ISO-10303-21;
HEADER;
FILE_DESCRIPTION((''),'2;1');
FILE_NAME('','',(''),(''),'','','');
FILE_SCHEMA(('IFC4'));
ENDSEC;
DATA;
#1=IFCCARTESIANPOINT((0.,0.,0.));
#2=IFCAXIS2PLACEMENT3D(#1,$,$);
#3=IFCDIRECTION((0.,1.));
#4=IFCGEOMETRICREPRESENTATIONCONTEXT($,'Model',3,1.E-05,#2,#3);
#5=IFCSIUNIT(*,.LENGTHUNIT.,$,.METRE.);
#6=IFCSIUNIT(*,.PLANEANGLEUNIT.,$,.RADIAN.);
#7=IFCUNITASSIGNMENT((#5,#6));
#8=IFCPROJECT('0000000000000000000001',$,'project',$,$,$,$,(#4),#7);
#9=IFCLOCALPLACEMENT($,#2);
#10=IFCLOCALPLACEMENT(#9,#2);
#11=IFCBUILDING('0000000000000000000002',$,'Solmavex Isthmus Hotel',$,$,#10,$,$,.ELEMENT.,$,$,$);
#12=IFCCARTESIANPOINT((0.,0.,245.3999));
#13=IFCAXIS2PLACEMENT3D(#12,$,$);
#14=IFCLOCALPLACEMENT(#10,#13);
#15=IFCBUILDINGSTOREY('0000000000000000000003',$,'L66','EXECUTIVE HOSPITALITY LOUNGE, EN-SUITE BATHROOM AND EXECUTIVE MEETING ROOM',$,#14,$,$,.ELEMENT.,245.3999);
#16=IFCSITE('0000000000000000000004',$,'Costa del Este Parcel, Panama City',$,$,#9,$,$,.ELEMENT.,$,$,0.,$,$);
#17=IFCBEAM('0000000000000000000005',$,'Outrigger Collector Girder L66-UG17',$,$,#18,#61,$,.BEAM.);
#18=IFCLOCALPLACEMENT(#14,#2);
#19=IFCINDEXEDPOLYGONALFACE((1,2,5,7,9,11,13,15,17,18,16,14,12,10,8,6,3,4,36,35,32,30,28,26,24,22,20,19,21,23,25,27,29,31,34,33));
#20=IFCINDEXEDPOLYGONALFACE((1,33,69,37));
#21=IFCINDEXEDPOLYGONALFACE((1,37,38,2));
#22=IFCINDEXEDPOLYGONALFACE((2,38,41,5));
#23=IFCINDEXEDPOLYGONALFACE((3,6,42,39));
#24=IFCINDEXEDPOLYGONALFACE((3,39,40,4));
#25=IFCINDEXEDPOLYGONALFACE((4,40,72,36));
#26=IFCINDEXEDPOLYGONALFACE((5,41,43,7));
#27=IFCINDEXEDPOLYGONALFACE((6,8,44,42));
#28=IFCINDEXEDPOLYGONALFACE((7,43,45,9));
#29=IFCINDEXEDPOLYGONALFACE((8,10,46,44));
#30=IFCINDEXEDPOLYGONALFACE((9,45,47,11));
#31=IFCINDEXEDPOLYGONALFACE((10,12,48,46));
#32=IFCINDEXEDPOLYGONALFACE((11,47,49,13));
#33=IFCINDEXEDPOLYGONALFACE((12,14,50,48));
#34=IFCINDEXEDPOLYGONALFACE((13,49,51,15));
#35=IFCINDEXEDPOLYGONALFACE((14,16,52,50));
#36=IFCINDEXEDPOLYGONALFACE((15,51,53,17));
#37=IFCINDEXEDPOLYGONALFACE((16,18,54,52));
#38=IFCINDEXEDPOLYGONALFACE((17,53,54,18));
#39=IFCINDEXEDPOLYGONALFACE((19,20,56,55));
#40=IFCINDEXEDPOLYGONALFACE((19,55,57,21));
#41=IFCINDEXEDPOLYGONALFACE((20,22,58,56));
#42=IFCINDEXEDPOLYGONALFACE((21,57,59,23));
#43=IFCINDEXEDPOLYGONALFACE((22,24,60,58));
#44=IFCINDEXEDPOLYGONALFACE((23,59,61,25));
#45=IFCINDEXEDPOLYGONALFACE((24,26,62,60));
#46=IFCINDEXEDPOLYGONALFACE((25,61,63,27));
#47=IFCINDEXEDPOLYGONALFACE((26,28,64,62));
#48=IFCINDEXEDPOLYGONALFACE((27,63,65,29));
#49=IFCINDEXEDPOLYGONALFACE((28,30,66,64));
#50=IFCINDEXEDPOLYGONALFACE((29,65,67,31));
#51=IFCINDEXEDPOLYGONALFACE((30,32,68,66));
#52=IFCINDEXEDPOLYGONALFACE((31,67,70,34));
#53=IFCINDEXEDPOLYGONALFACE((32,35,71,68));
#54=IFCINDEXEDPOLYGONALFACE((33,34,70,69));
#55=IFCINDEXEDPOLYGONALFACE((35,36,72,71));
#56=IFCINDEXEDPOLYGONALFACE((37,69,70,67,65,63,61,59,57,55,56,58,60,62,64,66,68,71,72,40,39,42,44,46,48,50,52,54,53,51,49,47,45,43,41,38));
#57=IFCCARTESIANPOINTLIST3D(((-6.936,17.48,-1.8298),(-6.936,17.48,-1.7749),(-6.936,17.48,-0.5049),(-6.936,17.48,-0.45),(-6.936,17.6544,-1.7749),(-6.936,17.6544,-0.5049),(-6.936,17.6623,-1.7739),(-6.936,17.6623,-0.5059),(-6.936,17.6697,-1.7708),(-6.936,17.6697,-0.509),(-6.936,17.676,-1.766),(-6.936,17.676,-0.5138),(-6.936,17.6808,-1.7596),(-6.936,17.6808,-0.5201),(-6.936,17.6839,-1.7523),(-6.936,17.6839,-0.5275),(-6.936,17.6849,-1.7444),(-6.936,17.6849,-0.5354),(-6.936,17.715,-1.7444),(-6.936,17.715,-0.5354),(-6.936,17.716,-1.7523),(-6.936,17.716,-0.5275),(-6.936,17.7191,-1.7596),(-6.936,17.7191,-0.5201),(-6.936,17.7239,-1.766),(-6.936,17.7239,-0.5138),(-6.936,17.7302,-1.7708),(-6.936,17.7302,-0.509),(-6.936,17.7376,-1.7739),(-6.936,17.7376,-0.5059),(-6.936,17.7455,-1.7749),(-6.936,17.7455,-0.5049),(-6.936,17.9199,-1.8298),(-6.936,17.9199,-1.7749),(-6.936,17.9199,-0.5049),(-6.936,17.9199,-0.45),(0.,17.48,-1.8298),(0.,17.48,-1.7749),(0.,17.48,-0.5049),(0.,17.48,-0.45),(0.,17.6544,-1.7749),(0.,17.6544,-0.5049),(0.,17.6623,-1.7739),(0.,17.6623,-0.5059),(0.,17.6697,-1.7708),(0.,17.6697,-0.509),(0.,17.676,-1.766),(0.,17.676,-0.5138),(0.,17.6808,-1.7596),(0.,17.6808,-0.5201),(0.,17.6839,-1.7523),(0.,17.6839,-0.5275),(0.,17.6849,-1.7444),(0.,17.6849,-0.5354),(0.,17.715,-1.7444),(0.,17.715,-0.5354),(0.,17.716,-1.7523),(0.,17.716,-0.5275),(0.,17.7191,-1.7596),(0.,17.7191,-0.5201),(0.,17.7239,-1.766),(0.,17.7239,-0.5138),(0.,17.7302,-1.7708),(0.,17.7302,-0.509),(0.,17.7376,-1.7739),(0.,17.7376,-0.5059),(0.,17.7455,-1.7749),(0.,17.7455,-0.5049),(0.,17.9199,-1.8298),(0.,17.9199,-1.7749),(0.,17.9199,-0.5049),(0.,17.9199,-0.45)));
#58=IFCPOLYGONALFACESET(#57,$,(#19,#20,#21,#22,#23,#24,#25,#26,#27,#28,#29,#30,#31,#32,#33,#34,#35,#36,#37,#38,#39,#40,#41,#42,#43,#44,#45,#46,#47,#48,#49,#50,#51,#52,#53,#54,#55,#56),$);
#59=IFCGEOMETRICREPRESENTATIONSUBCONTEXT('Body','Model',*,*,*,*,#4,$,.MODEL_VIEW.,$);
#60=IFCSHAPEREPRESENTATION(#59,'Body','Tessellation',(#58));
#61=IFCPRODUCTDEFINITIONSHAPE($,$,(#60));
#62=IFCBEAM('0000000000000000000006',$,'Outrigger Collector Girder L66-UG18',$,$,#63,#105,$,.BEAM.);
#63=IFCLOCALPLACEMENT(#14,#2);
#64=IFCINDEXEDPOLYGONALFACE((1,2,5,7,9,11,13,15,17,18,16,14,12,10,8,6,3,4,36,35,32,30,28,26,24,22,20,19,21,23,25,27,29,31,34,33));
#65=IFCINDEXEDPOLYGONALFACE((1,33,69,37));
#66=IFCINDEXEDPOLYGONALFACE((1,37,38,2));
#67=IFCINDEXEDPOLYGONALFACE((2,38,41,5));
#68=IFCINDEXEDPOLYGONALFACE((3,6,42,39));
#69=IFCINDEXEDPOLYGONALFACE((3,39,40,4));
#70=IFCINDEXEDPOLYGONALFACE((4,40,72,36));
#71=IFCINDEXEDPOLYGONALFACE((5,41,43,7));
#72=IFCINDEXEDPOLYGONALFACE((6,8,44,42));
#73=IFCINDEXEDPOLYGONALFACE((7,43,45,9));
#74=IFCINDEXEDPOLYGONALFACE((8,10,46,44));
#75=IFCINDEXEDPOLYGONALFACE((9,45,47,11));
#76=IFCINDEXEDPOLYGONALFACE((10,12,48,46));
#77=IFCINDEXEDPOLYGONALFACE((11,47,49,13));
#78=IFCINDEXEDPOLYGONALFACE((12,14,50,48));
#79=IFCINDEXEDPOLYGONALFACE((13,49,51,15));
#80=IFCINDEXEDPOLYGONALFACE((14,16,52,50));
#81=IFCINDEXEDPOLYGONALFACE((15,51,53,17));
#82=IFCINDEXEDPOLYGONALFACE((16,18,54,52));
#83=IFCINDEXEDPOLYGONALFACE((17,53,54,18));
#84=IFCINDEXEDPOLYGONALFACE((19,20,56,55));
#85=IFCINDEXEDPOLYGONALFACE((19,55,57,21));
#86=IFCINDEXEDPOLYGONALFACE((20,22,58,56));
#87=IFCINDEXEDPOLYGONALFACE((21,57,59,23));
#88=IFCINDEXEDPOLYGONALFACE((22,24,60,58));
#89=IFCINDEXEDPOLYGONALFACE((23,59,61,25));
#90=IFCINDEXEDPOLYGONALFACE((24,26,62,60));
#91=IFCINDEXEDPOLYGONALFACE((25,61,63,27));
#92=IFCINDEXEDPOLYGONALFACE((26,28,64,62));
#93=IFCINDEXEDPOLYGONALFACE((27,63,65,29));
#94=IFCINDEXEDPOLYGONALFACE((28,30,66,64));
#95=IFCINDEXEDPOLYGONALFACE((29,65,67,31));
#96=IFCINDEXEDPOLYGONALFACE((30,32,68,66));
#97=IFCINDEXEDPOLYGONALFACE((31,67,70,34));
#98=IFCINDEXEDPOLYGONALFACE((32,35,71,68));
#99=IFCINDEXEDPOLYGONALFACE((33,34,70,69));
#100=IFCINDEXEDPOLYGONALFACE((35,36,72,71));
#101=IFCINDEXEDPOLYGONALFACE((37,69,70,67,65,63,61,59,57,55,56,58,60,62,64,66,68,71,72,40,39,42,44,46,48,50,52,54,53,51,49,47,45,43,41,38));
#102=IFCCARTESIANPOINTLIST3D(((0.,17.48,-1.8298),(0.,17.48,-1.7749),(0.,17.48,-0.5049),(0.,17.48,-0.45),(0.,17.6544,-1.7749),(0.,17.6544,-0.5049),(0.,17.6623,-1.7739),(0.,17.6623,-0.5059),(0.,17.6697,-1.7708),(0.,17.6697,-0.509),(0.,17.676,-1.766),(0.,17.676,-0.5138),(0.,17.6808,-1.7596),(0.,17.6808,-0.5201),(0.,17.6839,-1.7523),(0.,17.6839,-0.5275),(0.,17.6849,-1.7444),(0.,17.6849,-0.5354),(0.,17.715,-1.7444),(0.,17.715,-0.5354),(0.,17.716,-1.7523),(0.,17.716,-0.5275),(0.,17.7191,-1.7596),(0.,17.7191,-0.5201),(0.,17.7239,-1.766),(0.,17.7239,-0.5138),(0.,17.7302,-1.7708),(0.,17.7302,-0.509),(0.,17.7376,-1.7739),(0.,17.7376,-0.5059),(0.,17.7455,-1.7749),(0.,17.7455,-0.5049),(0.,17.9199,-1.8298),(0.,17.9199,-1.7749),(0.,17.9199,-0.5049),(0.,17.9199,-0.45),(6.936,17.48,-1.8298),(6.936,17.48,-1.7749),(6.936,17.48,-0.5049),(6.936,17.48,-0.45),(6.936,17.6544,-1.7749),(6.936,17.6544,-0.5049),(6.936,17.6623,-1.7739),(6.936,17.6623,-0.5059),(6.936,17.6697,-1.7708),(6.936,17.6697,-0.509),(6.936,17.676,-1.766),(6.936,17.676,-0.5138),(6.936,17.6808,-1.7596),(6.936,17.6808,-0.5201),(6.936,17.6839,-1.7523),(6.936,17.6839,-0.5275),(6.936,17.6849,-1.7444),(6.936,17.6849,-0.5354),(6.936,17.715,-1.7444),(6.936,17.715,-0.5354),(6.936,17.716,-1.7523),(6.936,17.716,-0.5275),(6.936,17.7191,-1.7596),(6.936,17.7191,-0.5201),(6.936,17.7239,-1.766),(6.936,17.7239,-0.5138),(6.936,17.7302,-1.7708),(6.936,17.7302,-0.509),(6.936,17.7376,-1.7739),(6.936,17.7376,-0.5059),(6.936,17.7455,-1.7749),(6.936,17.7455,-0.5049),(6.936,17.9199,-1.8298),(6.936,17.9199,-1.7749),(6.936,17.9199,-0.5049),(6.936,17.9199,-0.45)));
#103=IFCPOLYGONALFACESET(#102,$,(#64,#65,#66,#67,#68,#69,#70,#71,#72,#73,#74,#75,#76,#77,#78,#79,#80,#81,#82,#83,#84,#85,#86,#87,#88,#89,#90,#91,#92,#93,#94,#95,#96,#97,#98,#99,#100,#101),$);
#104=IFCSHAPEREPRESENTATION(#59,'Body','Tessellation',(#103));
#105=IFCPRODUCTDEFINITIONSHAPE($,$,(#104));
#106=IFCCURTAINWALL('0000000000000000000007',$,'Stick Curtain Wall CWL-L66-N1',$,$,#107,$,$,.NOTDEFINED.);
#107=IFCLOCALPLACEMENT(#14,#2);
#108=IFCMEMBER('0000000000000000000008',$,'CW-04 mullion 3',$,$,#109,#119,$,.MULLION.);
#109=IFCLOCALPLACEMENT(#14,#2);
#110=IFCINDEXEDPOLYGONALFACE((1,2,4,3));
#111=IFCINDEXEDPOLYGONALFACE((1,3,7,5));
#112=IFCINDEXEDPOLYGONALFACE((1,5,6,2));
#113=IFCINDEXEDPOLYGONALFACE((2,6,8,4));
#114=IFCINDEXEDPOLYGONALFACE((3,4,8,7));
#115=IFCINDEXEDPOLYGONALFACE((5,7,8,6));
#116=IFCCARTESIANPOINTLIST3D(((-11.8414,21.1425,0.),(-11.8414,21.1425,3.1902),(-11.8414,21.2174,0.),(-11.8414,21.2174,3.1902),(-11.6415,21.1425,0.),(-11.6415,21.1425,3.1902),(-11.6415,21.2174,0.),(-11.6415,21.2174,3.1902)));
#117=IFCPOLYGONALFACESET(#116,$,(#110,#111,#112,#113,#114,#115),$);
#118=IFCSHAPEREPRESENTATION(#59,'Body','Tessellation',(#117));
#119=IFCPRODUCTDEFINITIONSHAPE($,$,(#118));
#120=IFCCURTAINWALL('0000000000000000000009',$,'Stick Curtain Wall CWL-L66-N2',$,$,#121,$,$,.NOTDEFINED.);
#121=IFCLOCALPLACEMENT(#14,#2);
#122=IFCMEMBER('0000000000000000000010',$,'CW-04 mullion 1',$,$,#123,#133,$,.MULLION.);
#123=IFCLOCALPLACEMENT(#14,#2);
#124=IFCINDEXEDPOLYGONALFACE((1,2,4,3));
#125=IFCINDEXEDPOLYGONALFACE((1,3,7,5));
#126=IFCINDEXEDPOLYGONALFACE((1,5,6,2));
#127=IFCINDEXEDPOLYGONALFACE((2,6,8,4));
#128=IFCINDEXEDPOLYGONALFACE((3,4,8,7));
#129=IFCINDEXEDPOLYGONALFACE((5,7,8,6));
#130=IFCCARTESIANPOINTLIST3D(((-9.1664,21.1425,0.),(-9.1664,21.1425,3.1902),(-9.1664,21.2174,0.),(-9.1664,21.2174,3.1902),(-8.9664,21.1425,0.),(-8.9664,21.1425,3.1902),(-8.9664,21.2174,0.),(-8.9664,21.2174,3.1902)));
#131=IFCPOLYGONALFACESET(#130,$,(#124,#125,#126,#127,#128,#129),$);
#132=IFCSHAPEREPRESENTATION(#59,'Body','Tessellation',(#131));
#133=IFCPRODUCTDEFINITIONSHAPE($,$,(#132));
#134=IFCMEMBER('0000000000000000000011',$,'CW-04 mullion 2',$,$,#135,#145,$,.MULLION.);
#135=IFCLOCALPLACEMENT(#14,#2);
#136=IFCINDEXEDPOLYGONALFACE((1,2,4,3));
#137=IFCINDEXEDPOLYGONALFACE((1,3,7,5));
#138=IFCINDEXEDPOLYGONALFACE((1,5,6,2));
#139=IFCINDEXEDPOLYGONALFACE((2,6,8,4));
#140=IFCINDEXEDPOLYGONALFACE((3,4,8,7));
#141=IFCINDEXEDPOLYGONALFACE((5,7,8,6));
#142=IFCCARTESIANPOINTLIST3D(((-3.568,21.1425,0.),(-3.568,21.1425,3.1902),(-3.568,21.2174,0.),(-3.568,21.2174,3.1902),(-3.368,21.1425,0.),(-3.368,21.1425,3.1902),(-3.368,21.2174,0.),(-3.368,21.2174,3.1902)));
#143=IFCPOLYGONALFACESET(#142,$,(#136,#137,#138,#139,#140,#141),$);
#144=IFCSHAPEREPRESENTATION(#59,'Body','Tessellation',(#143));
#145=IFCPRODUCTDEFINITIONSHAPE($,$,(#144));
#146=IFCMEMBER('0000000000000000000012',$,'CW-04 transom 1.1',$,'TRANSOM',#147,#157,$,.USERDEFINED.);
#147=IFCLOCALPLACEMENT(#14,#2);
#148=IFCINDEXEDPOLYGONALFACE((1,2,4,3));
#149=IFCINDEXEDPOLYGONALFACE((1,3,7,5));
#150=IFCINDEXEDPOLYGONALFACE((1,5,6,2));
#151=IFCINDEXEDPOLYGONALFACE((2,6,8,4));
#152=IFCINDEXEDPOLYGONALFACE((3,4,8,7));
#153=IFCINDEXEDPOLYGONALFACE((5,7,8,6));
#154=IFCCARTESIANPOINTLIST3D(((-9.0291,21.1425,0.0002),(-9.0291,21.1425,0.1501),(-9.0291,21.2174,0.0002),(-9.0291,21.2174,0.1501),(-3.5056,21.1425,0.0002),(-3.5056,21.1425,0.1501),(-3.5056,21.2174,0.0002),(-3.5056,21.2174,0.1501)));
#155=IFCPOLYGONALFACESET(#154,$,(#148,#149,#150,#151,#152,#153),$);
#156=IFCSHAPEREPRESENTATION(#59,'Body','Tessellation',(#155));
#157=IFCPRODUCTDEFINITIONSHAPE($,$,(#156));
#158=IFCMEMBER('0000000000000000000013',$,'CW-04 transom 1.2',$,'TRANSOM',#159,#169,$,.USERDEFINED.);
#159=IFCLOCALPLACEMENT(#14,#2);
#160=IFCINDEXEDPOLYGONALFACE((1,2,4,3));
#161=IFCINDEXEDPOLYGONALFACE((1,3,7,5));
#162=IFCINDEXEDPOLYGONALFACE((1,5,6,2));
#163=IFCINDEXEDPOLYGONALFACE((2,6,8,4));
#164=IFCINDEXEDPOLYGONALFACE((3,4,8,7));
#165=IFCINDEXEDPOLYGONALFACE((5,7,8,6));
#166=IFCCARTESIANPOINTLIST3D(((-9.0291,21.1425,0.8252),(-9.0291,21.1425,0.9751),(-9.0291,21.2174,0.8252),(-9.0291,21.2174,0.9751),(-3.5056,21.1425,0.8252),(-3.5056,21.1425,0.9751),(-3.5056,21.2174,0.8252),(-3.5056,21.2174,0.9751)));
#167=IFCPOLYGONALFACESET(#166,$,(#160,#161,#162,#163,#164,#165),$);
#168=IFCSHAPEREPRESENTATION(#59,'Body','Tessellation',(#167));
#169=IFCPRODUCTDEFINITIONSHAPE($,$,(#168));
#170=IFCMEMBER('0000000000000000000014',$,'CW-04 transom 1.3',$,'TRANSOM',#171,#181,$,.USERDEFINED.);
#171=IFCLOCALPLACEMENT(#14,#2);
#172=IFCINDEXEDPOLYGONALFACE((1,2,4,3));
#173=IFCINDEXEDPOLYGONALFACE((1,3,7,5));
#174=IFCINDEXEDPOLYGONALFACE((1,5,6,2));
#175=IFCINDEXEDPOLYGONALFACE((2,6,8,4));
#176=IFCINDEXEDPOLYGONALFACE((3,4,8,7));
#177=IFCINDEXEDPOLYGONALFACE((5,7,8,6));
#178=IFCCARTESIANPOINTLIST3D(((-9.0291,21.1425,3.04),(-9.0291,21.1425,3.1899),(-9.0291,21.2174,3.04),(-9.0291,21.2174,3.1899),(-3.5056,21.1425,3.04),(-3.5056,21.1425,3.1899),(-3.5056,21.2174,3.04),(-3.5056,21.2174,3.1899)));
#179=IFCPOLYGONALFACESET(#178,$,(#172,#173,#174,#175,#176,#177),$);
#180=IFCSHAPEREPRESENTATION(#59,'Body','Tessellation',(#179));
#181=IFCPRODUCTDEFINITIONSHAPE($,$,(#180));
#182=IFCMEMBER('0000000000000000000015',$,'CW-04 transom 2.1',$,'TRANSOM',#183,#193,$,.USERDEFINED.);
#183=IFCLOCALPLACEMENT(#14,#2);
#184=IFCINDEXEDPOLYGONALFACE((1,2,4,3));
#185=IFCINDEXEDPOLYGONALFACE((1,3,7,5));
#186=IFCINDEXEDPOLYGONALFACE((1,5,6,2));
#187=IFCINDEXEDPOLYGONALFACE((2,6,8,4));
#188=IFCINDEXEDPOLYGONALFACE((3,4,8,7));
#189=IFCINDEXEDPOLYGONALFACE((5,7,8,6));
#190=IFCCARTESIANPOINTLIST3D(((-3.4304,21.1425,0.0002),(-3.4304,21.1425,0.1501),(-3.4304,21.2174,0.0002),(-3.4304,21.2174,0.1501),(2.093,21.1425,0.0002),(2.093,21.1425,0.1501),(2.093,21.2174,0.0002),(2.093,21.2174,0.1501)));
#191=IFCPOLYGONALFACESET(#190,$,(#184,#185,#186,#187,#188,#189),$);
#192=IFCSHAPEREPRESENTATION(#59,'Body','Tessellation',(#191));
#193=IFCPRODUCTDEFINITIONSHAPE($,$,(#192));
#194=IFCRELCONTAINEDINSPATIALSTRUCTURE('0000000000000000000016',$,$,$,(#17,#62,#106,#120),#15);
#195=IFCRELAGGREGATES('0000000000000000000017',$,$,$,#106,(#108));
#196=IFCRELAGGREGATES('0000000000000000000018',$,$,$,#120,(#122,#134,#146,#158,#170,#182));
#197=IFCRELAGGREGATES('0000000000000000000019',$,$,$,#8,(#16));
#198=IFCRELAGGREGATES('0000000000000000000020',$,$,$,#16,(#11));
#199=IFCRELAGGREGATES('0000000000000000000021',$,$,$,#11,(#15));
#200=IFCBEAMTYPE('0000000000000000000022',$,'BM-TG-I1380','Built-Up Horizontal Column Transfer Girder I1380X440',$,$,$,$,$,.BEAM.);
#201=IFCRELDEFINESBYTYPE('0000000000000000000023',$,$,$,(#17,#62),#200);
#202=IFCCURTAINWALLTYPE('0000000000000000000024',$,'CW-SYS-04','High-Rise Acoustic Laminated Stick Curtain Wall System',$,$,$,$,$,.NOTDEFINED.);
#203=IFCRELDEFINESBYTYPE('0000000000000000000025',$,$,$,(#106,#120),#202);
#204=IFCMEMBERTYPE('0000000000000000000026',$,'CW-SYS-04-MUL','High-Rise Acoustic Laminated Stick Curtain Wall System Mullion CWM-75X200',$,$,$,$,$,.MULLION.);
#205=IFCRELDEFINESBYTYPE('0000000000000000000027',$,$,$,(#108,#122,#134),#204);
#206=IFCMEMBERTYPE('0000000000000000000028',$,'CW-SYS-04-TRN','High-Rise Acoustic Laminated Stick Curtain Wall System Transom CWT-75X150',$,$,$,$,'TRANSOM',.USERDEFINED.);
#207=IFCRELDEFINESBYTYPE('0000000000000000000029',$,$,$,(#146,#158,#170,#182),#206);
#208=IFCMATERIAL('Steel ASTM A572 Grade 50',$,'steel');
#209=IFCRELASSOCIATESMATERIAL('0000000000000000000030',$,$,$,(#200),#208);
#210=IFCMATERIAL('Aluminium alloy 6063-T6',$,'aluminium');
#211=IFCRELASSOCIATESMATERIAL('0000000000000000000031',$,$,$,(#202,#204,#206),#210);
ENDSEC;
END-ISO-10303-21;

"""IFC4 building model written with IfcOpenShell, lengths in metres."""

from ifc_helpers import new_model, si_unit, direction, frame, origin, origin_2d, place, context, subcontext, project, spatial, rectangle, i_section, extrude, material, material_profile, profile_set, type_object, element, aggregate, save


model = new_model("IFC4")

# Units and contexts
model_context = context("Model", 3, precision=1e-05, world=origin(), true_north=direction((0.0, 1.0)))
body_context = subcontext(model_context, "Body", "Model", "MODEL_VIEW")
ifc_project = project(units=[si_unit("LENGTHUNIT", "METRE"), si_unit("PLANEANGLEUNIT", "RADIAN")], contexts=[model_context])

# Site, building, storey
site_placement = place(None, origin())
site = spatial("IfcSite", under=ifc_project, at=site_placement, Name="Costa del Este Parcel, Panama City", CompositionType="ELEMENT", RefElevation=0.0)
building_placement = place(site_placement, origin())
building = spatial("IfcBuilding", under=site, at=building_placement, Name="Solmavex Isthmus Hotel", CompositionType="ELEMENT")
storey_placement = place(building_placement, frame((0.0, 0.0, 245.3999)))
storey = spatial("IfcBuildingStorey", under=building, at=storey_placement, Name="L66", Description="EXECUTIVE HOSPITALITY LOUNGE, EN-SUITE BATHROOM AND EXECUTIVE MEETING ROOM", CompositionType="ELEMENT", Elevation=245.3999)

# Beams
ifc_material_1 = material(Name="Steel ASTM A572 Grade 50", Category="steel")
ifc_material_profile_1 = material_profile(ifc_material_1, i_section(OverallWidth=0.4399, OverallDepth=1.3799, WebThickness=0.03, FlangeThickness=0.0549, FilletRadius=0.0305, at=origin_2d()), Name="I1380X440")
ifc_profile_set_1 = profile_set([ifc_material_profile_1], Name="Steel ASTM A572 Grade 50")
beam_type_1 = type_object("IfcBeamType", Name="BM-TG-I1380", Description="Built-Up Horizontal Column Transfer Girder I1380X440", PredefinedType="BEAM", material=ifc_profile_set_1)
for number, where, z_axis, x_axis, name in (
    (1, (-6.936, 17.7, -1.1399), (1.0, 0.0, 0.0), (0.0, 1.0, 0.0), "Outrigger Collector Girder L66-UG17"),
    (2, (0.0, 17.7, -1.1399), (1.0, 0.0, 0.0), (0.0, 1.0, 0.0), "Outrigger Collector Girder L66-UG18"),
):
    element("IfcBeam", number, at=place(storey_placement, frame(where, z_axis=z_axis, x_axis=x_axis)), inside=storey, type_object=beam_type_1, Name=name, PredefinedType="BEAM", context=body_context, shape_type="SweptSolid", body=[
        extrude(i_section(OverallWidth=0.4399, OverallDepth=1.3799, WebThickness=0.03, FlangeThickness=0.0549, FilletRadius=0.0305, at=origin_2d()), origin(), (0.0, 0.0, 1.0), 6.936),
    ])

# Curtain wall, member
ifc_material_2 = material(Name="Aluminium alloy 6063-T6", Category="aluminium")
curtain_wall_type = type_object("IfcCurtainWallType", Name="CW-SYS-04", Description="High-Rise Acoustic Laminated Stick Curtain Wall System", PredefinedType="NOTDEFINED", material=ifc_material_2)
curtain_wall_1_placement = place(storey_placement, origin())
curtain_wall_1 = element("IfcCurtainWall", 3, at=curtain_wall_1_placement, inside=storey, type_object=curtain_wall_type, Name="Stick Curtain Wall CWL-L66-N1", PredefinedType="NOTDEFINED")
ifc_material_profile_2 = material_profile(ifc_material_2, rectangle(XDim=0.075, YDim=0.2, at=origin_2d()), Name="CWM-75X200")
ifc_profile_set_2 = profile_set([ifc_material_profile_2], Name="Aluminium alloy 6063-T6")
member_type_1 = type_object("IfcMemberType", Name="CW-SYS-04-MUL", Description="High-Rise Acoustic Laminated Stick Curtain Wall System Mullion CWM-75X200", PredefinedType="MULLION", material=ifc_profile_set_2)
member_1_placement = place(storey_placement, frame((-11.7415, 21.1799, 0.0), z_axis=(0.0, 0.0, 1.0), x_axis=(0.0, 1.0, 0.0)))
member_1 = element("IfcMember", 4, at=member_1_placement, type_object=member_type_1, Name="CW-04 mullion 3", PredefinedType="MULLION", context=body_context, shape_type="SweptSolid", body=[
    extrude(rectangle(XDim=0.075, YDim=0.2, at=origin_2d()), origin(), (0.0, 0.0, 1.0), 3.1902),
])
aggregate(curtain_wall_1, [member_1])

# Curtain wall, members
curtain_wall_2_placement = place(storey_placement, origin())
curtain_wall_2 = element("IfcCurtainWall", 5, at=curtain_wall_2_placement, inside=storey, type_object=curtain_wall_type, Name="Stick Curtain Wall CWL-L66-N2", PredefinedType="NOTDEFINED")
member_2_placement = place(storey_placement, frame((-9.0664, 21.1799, 0.0), z_axis=(0.0, 0.0, 1.0), x_axis=(0.0, 1.0, 0.0)))
member_2 = element("IfcMember", 6, at=member_2_placement, type_object=member_type_1, Name="CW-04 mullion 1", PredefinedType="MULLION", context=body_context, shape_type="SweptSolid", body=[
    extrude(rectangle(XDim=0.075, YDim=0.2, at=origin_2d()), origin(), (0.0, 0.0, 1.0), 3.1902),
])
member_3_placement = place(storey_placement, frame((-3.468, 21.1799, 0.0), z_axis=(0.0, 0.0, 1.0), x_axis=(0.0, 1.0, 0.0)))
member_3 = element("IfcMember", 7, at=member_3_placement, type_object=member_type_1, Name="CW-04 mullion 2", PredefinedType="MULLION", context=body_context, shape_type="SweptSolid", body=[
    extrude(rectangle(XDim=0.075, YDim=0.2, at=origin_2d()), origin(), (0.0, 0.0, 1.0), 3.1902),
])
ifc_material_profile_3 = material_profile(ifc_material_2, rectangle(XDim=0.075, YDim=0.1499, at=origin_2d()), Name="CWT-75X150")
ifc_profile_set_3 = profile_set([ifc_material_profile_3], Name="Aluminium alloy 6063-T6")
member_type_2 = type_object("IfcMemberType", Name="CW-SYS-04-TRN", Description="High-Rise Acoustic Laminated Stick Curtain Wall System Transom CWT-75X150", ElementType="TRANSOM", PredefinedType="USERDEFINED", material=ifc_profile_set_3)
member_4_placement = place(storey_placement, frame((-9.0291, 21.1799, 0.0752), z_axis=(1.0, 0.0, 0.0), x_axis=(0.0, 1.0, 0.0)))
member_4 = element("IfcMember", 8, at=member_4_placement, type_object=member_type_2, Name="CW-04 transom 1.1", ObjectType="TRANSOM", PredefinedType="USERDEFINED", context=body_context, shape_type="SweptSolid", body=[
    extrude(rectangle(XDim=0.075, YDim=0.1499, at=origin_2d()), origin(), (0.0, 0.0, 1.0), 5.5234),
])
member_5_placement = place(storey_placement, frame((-9.0291, 21.1799, 0.9001), z_axis=(1.0, 0.0, 0.0), x_axis=(0.0, 1.0, 0.0)))
member_5 = element("IfcMember", 9, at=member_5_placement, type_object=member_type_2, Name="CW-04 transom 1.2", ObjectType="TRANSOM", PredefinedType="USERDEFINED", context=body_context, shape_type="SweptSolid", body=[
    extrude(rectangle(XDim=0.075, YDim=0.1499, at=origin_2d()), origin(), (0.0, 0.0, 1.0), 5.5234),
])
member_6_placement = place(storey_placement, frame((-9.0291, 21.1799, 3.115), z_axis=(1.0, 0.0, 0.0), x_axis=(0.0, 1.0, 0.0)))
member_6 = element("IfcMember", 10, at=member_6_placement, type_object=member_type_2, Name="CW-04 transom 1.3", ObjectType="TRANSOM", PredefinedType="USERDEFINED", context=body_context, shape_type="SweptSolid", body=[
    extrude(rectangle(XDim=0.075, YDim=0.1499, at=origin_2d()), origin(), (0.0, 0.0, 1.0), 5.5234),
])
member_7_placement = place(storey_placement, frame((-3.4304, 21.1799, 0.0752), z_axis=(1.0, 0.0, 0.0), x_axis=(0.0, 1.0, 0.0)))
member_7 = element("IfcMember", 11, at=member_7_placement, type_object=member_type_2, Name="CW-04 transom 2.1", ObjectType="TRANSOM", PredefinedType="USERDEFINED", context=body_context, shape_type="SweptSolid", body=[
    extrude(rectangle(XDim=0.075, YDim=0.1499, at=origin_2d()), origin(), (0.0, 0.0, 1.0), 5.5234),
])
aggregate(curtain_wall_2, [member_2, member_3, member_4, member_5, member_6, member_7])

save(model, "model.ifc")
